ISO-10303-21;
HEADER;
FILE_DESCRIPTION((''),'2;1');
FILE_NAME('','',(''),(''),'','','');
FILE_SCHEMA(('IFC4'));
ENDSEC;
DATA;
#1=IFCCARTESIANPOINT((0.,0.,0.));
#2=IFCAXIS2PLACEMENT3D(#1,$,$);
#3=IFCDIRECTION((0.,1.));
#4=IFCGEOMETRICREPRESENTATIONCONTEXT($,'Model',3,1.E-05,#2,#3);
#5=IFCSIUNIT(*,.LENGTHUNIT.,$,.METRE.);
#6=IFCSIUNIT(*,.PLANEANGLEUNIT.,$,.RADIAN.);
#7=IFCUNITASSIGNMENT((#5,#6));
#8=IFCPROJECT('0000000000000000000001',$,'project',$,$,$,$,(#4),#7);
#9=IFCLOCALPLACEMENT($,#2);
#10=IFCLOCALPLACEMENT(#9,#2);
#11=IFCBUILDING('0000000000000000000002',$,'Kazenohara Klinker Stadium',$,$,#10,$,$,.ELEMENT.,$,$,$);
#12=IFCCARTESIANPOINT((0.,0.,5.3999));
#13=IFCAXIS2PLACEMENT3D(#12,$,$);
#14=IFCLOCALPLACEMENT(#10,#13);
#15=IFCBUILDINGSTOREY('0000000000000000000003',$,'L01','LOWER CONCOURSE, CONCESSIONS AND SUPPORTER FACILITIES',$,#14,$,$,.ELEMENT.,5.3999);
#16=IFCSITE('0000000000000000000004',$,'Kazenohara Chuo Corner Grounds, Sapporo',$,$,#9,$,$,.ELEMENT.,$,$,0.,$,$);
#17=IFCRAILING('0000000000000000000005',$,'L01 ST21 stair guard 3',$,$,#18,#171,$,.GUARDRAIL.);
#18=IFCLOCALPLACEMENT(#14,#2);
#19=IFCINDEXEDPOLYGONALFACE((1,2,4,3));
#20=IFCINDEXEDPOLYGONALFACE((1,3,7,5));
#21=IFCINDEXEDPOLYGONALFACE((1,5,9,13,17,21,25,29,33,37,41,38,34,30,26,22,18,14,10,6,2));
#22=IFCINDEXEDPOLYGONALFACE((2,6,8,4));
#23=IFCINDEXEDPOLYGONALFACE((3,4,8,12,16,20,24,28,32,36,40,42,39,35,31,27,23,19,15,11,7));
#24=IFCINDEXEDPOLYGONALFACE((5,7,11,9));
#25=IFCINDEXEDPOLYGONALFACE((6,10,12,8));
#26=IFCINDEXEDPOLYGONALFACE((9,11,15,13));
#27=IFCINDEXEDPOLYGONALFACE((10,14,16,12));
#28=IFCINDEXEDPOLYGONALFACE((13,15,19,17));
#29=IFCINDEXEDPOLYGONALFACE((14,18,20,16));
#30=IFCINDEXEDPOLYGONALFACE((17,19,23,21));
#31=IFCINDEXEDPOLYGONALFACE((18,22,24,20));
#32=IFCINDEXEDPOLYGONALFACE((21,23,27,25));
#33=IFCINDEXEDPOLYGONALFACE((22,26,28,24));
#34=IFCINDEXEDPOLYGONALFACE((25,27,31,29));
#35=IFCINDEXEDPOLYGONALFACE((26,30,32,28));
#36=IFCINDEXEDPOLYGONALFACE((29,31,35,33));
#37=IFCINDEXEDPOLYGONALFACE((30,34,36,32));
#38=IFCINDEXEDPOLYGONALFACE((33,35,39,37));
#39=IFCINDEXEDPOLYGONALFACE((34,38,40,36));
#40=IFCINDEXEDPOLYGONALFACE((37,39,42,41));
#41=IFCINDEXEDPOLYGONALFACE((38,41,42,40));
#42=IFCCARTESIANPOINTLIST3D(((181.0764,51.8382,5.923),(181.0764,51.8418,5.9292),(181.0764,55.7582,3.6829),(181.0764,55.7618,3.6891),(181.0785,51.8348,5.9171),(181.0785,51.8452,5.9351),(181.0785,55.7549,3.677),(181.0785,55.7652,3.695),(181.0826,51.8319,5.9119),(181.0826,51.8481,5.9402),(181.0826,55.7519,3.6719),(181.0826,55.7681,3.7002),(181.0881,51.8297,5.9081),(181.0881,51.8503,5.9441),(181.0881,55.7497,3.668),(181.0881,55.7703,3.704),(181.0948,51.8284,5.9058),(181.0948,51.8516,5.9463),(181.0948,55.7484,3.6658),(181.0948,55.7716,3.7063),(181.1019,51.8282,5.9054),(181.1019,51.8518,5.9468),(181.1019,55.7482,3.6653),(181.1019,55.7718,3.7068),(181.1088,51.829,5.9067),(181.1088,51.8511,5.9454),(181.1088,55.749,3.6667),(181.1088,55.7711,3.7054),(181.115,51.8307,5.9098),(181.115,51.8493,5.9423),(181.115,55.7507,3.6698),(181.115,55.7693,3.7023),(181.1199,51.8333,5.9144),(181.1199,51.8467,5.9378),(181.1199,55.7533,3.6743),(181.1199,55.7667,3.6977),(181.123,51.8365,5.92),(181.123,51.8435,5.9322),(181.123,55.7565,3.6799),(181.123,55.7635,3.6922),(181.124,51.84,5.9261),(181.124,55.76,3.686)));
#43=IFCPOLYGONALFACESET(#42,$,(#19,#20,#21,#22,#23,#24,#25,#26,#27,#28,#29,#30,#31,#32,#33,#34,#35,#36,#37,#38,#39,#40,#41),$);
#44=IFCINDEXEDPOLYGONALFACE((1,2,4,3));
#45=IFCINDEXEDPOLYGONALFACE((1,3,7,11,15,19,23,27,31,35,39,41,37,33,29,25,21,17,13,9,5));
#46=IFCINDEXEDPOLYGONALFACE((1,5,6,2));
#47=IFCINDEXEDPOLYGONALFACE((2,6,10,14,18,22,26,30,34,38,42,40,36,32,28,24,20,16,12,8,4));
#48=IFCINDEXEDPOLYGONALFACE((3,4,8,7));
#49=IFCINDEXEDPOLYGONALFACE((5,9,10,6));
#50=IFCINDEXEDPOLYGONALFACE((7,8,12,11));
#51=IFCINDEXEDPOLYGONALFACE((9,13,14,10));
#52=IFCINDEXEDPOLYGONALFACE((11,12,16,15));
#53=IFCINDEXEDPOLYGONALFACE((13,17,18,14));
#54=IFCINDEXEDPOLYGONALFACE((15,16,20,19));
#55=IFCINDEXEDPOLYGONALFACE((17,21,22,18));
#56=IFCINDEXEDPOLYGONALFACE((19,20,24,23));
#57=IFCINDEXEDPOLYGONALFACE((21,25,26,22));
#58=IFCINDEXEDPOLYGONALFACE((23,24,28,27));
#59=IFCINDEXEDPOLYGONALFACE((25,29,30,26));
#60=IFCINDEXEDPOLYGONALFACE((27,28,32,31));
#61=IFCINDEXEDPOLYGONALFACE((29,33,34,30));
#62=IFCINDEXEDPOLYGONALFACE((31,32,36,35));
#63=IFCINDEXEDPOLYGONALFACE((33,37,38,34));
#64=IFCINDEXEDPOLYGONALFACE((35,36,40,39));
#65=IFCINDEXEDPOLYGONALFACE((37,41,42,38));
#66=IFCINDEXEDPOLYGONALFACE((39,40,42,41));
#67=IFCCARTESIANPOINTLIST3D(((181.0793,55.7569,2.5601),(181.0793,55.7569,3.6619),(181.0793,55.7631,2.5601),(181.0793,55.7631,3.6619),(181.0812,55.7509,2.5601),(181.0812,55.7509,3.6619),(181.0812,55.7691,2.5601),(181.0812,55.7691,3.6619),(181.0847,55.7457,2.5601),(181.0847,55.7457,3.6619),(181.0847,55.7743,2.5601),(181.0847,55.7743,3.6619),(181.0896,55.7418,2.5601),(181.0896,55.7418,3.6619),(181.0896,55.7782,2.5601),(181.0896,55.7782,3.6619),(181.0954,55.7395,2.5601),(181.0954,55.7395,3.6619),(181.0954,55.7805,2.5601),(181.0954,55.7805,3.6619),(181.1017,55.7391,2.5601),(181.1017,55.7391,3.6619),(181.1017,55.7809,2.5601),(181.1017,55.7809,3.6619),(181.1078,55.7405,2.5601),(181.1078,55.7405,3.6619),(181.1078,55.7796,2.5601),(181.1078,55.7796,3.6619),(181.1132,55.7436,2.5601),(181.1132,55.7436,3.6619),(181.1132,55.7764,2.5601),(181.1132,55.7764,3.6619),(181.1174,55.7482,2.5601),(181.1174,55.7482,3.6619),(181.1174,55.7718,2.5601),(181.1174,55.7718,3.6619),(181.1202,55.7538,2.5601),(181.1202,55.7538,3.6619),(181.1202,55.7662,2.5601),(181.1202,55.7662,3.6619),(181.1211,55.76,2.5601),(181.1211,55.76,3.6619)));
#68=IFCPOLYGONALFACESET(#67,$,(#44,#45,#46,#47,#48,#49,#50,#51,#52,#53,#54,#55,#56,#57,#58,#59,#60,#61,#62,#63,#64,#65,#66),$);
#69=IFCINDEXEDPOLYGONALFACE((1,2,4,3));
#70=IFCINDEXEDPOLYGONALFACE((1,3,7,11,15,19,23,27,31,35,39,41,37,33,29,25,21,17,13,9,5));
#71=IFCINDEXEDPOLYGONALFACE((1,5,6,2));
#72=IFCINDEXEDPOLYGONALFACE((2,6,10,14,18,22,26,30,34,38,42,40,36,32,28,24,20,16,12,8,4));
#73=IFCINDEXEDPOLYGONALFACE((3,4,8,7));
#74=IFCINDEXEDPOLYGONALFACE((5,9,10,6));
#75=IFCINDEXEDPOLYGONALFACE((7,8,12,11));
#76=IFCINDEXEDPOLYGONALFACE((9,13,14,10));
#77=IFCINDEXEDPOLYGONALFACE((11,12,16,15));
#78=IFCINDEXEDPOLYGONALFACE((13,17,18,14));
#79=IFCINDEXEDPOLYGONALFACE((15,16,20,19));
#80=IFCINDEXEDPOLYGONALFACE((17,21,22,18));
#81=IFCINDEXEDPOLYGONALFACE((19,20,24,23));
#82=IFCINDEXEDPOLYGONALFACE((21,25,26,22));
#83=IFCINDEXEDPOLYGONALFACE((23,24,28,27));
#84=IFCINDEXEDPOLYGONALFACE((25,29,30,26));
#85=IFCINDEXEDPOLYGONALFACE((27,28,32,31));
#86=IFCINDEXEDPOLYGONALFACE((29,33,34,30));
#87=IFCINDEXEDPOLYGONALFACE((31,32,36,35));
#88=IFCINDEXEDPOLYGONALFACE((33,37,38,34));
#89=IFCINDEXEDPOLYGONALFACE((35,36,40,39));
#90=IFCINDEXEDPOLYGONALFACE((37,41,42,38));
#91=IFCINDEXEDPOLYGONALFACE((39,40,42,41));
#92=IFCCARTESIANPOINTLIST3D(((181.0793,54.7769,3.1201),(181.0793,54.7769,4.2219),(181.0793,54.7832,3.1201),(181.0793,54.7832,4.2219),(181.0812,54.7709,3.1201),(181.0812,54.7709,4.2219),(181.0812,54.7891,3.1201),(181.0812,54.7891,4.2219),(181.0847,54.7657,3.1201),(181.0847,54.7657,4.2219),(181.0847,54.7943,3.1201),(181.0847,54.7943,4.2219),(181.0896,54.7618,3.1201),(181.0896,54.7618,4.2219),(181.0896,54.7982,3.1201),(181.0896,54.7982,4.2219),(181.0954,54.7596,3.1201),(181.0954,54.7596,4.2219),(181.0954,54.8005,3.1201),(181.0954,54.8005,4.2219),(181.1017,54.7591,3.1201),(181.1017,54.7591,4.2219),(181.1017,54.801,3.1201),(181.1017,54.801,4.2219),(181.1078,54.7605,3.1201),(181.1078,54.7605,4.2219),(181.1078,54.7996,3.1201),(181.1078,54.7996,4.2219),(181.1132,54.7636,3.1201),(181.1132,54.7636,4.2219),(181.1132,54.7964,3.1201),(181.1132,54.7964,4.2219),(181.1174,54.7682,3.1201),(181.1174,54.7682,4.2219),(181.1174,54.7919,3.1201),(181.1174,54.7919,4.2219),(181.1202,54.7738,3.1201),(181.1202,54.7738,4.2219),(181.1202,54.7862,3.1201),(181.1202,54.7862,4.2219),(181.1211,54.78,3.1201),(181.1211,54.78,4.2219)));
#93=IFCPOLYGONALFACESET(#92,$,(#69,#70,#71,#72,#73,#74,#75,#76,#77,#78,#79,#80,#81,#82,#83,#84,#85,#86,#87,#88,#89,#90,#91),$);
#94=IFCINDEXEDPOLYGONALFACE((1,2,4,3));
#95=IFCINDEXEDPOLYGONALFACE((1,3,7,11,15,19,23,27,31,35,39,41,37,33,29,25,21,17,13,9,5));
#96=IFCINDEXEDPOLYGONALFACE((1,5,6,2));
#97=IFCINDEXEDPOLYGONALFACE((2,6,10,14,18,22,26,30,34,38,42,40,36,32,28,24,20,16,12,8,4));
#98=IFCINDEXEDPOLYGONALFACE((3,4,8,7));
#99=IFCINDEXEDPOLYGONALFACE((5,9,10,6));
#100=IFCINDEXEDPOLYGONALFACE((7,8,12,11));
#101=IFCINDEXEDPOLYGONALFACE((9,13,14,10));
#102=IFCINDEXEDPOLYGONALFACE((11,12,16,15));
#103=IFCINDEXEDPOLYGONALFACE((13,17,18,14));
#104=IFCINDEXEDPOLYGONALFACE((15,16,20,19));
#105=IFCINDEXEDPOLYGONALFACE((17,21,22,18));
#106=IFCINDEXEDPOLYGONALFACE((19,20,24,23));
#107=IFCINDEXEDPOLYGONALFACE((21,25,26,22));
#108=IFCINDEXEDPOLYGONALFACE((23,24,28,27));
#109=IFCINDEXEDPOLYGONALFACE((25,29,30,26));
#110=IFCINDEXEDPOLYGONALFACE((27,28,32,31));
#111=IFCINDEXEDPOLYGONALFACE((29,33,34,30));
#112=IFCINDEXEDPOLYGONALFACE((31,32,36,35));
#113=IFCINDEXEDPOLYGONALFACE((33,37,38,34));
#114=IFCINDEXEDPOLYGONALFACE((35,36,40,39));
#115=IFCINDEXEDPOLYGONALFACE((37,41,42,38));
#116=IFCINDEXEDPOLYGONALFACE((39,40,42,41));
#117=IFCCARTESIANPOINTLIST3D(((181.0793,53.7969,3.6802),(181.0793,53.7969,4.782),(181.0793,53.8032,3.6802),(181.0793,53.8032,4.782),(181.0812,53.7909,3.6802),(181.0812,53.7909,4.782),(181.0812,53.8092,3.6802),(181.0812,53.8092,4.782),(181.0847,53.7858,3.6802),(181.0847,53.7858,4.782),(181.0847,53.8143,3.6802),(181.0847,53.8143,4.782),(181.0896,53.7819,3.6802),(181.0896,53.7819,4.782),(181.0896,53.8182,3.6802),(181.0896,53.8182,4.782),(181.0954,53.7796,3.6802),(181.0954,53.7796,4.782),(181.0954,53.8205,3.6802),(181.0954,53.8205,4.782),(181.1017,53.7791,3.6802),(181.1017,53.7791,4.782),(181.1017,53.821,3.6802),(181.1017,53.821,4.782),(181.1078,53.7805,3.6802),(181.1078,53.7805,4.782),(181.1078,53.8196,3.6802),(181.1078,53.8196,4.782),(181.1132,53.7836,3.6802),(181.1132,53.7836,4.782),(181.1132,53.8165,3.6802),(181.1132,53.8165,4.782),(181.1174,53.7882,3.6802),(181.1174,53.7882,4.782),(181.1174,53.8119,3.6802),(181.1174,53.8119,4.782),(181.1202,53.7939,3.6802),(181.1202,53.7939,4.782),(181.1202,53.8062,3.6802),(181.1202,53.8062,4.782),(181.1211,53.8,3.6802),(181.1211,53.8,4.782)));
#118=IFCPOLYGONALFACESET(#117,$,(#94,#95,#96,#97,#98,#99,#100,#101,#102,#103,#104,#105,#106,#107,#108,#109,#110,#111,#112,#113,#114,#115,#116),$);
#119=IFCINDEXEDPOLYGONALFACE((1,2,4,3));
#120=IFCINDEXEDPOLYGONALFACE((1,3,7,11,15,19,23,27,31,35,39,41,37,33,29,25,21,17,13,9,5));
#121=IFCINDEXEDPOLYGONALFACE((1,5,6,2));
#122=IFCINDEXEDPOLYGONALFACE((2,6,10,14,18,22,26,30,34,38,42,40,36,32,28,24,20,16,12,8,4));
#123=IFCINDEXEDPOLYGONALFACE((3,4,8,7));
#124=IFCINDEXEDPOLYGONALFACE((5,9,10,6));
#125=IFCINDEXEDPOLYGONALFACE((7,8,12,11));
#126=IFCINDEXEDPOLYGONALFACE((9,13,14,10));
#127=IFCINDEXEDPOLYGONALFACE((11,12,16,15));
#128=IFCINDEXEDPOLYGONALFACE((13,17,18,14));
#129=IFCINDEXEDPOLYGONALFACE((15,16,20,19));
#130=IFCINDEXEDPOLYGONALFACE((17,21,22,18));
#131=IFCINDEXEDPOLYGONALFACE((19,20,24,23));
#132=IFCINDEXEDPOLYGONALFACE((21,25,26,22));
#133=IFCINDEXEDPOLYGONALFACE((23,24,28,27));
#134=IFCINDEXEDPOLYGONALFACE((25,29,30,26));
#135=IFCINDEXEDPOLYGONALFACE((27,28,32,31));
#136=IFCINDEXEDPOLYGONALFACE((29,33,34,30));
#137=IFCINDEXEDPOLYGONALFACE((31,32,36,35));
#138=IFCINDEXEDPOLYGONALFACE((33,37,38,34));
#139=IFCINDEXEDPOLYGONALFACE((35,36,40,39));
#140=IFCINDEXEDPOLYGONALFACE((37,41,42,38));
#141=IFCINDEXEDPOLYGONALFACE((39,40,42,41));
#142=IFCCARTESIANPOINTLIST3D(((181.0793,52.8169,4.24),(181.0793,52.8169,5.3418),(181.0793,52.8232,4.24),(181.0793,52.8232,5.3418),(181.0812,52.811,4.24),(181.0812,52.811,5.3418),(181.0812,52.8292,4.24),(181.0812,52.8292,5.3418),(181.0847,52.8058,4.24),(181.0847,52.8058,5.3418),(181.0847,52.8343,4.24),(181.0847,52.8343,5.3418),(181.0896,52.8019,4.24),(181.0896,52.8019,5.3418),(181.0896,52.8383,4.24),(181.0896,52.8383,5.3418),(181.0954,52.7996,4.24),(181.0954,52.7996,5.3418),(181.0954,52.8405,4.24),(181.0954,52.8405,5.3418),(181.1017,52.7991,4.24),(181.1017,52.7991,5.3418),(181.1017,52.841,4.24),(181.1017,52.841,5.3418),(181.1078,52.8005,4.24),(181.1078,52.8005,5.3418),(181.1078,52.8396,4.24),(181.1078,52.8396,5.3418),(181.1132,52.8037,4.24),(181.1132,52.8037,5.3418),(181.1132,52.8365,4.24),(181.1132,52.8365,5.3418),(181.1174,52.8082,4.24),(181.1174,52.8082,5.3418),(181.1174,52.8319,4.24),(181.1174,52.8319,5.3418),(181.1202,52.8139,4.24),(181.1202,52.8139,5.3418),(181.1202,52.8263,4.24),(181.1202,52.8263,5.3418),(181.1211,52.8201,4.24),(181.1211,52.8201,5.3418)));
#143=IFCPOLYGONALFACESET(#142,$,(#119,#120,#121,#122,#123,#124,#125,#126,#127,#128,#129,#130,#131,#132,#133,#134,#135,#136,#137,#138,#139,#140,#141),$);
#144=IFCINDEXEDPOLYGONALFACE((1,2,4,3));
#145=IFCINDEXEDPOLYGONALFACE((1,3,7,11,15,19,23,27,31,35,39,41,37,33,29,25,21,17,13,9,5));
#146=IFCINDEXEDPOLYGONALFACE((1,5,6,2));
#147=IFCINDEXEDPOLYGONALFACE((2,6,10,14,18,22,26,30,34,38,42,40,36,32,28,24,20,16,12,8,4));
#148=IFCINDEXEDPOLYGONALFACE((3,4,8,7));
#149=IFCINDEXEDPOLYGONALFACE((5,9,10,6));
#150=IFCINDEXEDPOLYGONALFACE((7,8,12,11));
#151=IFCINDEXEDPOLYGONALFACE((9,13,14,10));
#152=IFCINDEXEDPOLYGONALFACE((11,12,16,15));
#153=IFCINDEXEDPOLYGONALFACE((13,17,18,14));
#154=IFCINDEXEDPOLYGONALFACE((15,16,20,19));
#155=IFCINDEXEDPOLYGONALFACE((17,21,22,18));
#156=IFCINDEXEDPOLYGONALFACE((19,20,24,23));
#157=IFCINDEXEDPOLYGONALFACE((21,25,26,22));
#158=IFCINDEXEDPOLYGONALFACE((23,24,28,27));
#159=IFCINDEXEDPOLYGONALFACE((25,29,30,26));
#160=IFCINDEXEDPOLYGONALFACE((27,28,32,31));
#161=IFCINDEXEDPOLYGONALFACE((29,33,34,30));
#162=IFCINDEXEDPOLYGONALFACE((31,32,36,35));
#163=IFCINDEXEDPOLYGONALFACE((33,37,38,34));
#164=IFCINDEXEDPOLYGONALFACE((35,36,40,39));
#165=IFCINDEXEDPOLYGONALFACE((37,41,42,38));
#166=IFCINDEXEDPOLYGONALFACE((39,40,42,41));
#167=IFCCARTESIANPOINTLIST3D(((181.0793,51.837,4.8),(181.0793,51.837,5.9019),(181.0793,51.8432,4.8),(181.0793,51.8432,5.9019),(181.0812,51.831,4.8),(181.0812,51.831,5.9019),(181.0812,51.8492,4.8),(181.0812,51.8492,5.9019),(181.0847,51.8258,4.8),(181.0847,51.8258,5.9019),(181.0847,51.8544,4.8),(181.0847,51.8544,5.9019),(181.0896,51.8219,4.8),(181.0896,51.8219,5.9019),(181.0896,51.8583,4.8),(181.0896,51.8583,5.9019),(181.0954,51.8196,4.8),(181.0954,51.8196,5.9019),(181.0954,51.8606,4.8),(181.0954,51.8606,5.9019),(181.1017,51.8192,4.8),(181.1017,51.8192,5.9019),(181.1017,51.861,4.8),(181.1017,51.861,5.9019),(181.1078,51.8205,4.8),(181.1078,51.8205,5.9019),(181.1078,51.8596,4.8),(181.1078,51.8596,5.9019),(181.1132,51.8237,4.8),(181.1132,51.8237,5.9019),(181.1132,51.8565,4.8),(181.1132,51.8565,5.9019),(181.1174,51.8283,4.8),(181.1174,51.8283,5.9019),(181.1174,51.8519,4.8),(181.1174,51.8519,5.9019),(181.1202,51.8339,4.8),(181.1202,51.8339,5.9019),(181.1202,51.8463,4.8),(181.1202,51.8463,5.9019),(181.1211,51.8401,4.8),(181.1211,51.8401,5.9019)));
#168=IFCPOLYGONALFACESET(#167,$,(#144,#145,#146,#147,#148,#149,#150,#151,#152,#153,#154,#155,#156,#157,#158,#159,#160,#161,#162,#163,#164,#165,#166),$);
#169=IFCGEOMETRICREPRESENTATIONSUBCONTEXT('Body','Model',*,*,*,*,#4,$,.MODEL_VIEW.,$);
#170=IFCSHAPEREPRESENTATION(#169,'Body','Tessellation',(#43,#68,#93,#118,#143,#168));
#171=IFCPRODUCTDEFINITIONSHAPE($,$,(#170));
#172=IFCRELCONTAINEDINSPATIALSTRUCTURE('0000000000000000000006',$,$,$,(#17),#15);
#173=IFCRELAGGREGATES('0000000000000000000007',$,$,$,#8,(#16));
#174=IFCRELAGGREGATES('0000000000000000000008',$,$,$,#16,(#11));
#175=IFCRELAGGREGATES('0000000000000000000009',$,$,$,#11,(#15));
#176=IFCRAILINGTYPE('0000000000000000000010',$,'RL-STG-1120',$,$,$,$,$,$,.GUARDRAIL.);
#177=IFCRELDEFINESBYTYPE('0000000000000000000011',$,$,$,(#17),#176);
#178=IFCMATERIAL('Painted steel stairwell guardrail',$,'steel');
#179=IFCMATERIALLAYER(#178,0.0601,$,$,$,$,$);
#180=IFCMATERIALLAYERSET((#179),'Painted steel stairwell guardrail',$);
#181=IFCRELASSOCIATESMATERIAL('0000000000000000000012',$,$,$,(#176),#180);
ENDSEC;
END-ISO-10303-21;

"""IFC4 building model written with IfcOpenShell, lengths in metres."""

from ifc_helpers import new_model, si_unit, direction, frame, origin, origin_2d, place, context, subcontext, project, spatial, circle, extrude, material, layer, layer_set, type_object, element, save


model = new_model("IFC4")

# Units and contexts
model_context = context("Model", 3, precision=1e-05, world=origin(), true_north=direction((0.0, 1.0)))
body_context = subcontext(model_context, "Body", "Model", "MODEL_VIEW")
ifc_project = project(units=[si_unit("LENGTHUNIT", "METRE"), si_unit("PLANEANGLEUNIT", "RADIAN")], contexts=[model_context])

# Site, building, storey
site_placement = place(None, origin())
site = spatial("IfcSite", under=ifc_project, at=site_placement, Name="Kazenohara Chuo Corner Grounds, Sapporo", CompositionType="ELEMENT", RefElevation=0.0)
building_placement = place(site_placement, origin())
building = spatial("IfcBuilding", under=site, at=building_placement, Name="Kazenohara Klinker Stadium", CompositionType="ELEMENT")
storey_placement = place(building_placement, frame((0.0, 0.0, 5.3999)))
storey = spatial("IfcBuildingStorey", under=building, at=storey_placement, Name="L01", Description="LOWER CONCOURSE, CONCESSIONS AND SUPPORTER FACILITIES", CompositionType="ELEMENT", Elevation=5.3999)

# Railing
ifc_material_1 = material(Name="Painted steel stairwell guardrail", Category="steel")
ifc_layer_1 = layer(ifc_material_1, 0.0601)
ifc_layer_set_1 = layer_set([ifc_layer_1], Name="Painted steel stairwell guardrail")
railing_type_1 = type_object("IfcRailingType", Name="RL-STG-1120", PredefinedType="GUARDRAIL", material=ifc_layer_set_1)
railing_1_placement = place(storey_placement, frame((181.1001, 55.76, 2.5601)))
element("IfcRailing", 1, at=railing_1_placement, inside=storey, type_object=railing_type_1, Name="L01 ST21 stair guard 3", PredefinedType="GUARDRAIL", context=body_context, shape_type="SweptSolid", body=[
    extrude(circle(Radius=0.0239, at=origin_2d()), frame((0.0, 0.0, 1.126), z_axis=(0.0, -0.86824, 0.496145), x_axis=(1.0, 0.0, 0.0)), (0.0, 0.0, 1.0), 4.5149),
    extrude(circle(Radius=0.021, at=origin_2d()), origin(), (0.0, 0.0, 1.0), 1.1018),
    extrude(circle(Radius=0.021, at=origin_2d()), frame((0.0, -0.98, 0.5601)), (0.0, 0.0, 1.0), 1.1018),
    extrude(circle(Radius=0.021, at=origin_2d()), frame((0.0, -1.96, 1.1201)), (0.0, 0.0, 1.0), 1.1018),
    extrude(circle(Radius=0.021, at=origin_2d()), frame((0.0, -2.9399, 1.6799)), (0.0, 0.0, 1.0), 1.1018),
    extrude(circle(Radius=0.021, at=origin_2d()), frame((0.0, -3.9199, 2.24)), (0.0, 0.0, 1.0), 1.1018),
])

save(model, "model.ifc")
